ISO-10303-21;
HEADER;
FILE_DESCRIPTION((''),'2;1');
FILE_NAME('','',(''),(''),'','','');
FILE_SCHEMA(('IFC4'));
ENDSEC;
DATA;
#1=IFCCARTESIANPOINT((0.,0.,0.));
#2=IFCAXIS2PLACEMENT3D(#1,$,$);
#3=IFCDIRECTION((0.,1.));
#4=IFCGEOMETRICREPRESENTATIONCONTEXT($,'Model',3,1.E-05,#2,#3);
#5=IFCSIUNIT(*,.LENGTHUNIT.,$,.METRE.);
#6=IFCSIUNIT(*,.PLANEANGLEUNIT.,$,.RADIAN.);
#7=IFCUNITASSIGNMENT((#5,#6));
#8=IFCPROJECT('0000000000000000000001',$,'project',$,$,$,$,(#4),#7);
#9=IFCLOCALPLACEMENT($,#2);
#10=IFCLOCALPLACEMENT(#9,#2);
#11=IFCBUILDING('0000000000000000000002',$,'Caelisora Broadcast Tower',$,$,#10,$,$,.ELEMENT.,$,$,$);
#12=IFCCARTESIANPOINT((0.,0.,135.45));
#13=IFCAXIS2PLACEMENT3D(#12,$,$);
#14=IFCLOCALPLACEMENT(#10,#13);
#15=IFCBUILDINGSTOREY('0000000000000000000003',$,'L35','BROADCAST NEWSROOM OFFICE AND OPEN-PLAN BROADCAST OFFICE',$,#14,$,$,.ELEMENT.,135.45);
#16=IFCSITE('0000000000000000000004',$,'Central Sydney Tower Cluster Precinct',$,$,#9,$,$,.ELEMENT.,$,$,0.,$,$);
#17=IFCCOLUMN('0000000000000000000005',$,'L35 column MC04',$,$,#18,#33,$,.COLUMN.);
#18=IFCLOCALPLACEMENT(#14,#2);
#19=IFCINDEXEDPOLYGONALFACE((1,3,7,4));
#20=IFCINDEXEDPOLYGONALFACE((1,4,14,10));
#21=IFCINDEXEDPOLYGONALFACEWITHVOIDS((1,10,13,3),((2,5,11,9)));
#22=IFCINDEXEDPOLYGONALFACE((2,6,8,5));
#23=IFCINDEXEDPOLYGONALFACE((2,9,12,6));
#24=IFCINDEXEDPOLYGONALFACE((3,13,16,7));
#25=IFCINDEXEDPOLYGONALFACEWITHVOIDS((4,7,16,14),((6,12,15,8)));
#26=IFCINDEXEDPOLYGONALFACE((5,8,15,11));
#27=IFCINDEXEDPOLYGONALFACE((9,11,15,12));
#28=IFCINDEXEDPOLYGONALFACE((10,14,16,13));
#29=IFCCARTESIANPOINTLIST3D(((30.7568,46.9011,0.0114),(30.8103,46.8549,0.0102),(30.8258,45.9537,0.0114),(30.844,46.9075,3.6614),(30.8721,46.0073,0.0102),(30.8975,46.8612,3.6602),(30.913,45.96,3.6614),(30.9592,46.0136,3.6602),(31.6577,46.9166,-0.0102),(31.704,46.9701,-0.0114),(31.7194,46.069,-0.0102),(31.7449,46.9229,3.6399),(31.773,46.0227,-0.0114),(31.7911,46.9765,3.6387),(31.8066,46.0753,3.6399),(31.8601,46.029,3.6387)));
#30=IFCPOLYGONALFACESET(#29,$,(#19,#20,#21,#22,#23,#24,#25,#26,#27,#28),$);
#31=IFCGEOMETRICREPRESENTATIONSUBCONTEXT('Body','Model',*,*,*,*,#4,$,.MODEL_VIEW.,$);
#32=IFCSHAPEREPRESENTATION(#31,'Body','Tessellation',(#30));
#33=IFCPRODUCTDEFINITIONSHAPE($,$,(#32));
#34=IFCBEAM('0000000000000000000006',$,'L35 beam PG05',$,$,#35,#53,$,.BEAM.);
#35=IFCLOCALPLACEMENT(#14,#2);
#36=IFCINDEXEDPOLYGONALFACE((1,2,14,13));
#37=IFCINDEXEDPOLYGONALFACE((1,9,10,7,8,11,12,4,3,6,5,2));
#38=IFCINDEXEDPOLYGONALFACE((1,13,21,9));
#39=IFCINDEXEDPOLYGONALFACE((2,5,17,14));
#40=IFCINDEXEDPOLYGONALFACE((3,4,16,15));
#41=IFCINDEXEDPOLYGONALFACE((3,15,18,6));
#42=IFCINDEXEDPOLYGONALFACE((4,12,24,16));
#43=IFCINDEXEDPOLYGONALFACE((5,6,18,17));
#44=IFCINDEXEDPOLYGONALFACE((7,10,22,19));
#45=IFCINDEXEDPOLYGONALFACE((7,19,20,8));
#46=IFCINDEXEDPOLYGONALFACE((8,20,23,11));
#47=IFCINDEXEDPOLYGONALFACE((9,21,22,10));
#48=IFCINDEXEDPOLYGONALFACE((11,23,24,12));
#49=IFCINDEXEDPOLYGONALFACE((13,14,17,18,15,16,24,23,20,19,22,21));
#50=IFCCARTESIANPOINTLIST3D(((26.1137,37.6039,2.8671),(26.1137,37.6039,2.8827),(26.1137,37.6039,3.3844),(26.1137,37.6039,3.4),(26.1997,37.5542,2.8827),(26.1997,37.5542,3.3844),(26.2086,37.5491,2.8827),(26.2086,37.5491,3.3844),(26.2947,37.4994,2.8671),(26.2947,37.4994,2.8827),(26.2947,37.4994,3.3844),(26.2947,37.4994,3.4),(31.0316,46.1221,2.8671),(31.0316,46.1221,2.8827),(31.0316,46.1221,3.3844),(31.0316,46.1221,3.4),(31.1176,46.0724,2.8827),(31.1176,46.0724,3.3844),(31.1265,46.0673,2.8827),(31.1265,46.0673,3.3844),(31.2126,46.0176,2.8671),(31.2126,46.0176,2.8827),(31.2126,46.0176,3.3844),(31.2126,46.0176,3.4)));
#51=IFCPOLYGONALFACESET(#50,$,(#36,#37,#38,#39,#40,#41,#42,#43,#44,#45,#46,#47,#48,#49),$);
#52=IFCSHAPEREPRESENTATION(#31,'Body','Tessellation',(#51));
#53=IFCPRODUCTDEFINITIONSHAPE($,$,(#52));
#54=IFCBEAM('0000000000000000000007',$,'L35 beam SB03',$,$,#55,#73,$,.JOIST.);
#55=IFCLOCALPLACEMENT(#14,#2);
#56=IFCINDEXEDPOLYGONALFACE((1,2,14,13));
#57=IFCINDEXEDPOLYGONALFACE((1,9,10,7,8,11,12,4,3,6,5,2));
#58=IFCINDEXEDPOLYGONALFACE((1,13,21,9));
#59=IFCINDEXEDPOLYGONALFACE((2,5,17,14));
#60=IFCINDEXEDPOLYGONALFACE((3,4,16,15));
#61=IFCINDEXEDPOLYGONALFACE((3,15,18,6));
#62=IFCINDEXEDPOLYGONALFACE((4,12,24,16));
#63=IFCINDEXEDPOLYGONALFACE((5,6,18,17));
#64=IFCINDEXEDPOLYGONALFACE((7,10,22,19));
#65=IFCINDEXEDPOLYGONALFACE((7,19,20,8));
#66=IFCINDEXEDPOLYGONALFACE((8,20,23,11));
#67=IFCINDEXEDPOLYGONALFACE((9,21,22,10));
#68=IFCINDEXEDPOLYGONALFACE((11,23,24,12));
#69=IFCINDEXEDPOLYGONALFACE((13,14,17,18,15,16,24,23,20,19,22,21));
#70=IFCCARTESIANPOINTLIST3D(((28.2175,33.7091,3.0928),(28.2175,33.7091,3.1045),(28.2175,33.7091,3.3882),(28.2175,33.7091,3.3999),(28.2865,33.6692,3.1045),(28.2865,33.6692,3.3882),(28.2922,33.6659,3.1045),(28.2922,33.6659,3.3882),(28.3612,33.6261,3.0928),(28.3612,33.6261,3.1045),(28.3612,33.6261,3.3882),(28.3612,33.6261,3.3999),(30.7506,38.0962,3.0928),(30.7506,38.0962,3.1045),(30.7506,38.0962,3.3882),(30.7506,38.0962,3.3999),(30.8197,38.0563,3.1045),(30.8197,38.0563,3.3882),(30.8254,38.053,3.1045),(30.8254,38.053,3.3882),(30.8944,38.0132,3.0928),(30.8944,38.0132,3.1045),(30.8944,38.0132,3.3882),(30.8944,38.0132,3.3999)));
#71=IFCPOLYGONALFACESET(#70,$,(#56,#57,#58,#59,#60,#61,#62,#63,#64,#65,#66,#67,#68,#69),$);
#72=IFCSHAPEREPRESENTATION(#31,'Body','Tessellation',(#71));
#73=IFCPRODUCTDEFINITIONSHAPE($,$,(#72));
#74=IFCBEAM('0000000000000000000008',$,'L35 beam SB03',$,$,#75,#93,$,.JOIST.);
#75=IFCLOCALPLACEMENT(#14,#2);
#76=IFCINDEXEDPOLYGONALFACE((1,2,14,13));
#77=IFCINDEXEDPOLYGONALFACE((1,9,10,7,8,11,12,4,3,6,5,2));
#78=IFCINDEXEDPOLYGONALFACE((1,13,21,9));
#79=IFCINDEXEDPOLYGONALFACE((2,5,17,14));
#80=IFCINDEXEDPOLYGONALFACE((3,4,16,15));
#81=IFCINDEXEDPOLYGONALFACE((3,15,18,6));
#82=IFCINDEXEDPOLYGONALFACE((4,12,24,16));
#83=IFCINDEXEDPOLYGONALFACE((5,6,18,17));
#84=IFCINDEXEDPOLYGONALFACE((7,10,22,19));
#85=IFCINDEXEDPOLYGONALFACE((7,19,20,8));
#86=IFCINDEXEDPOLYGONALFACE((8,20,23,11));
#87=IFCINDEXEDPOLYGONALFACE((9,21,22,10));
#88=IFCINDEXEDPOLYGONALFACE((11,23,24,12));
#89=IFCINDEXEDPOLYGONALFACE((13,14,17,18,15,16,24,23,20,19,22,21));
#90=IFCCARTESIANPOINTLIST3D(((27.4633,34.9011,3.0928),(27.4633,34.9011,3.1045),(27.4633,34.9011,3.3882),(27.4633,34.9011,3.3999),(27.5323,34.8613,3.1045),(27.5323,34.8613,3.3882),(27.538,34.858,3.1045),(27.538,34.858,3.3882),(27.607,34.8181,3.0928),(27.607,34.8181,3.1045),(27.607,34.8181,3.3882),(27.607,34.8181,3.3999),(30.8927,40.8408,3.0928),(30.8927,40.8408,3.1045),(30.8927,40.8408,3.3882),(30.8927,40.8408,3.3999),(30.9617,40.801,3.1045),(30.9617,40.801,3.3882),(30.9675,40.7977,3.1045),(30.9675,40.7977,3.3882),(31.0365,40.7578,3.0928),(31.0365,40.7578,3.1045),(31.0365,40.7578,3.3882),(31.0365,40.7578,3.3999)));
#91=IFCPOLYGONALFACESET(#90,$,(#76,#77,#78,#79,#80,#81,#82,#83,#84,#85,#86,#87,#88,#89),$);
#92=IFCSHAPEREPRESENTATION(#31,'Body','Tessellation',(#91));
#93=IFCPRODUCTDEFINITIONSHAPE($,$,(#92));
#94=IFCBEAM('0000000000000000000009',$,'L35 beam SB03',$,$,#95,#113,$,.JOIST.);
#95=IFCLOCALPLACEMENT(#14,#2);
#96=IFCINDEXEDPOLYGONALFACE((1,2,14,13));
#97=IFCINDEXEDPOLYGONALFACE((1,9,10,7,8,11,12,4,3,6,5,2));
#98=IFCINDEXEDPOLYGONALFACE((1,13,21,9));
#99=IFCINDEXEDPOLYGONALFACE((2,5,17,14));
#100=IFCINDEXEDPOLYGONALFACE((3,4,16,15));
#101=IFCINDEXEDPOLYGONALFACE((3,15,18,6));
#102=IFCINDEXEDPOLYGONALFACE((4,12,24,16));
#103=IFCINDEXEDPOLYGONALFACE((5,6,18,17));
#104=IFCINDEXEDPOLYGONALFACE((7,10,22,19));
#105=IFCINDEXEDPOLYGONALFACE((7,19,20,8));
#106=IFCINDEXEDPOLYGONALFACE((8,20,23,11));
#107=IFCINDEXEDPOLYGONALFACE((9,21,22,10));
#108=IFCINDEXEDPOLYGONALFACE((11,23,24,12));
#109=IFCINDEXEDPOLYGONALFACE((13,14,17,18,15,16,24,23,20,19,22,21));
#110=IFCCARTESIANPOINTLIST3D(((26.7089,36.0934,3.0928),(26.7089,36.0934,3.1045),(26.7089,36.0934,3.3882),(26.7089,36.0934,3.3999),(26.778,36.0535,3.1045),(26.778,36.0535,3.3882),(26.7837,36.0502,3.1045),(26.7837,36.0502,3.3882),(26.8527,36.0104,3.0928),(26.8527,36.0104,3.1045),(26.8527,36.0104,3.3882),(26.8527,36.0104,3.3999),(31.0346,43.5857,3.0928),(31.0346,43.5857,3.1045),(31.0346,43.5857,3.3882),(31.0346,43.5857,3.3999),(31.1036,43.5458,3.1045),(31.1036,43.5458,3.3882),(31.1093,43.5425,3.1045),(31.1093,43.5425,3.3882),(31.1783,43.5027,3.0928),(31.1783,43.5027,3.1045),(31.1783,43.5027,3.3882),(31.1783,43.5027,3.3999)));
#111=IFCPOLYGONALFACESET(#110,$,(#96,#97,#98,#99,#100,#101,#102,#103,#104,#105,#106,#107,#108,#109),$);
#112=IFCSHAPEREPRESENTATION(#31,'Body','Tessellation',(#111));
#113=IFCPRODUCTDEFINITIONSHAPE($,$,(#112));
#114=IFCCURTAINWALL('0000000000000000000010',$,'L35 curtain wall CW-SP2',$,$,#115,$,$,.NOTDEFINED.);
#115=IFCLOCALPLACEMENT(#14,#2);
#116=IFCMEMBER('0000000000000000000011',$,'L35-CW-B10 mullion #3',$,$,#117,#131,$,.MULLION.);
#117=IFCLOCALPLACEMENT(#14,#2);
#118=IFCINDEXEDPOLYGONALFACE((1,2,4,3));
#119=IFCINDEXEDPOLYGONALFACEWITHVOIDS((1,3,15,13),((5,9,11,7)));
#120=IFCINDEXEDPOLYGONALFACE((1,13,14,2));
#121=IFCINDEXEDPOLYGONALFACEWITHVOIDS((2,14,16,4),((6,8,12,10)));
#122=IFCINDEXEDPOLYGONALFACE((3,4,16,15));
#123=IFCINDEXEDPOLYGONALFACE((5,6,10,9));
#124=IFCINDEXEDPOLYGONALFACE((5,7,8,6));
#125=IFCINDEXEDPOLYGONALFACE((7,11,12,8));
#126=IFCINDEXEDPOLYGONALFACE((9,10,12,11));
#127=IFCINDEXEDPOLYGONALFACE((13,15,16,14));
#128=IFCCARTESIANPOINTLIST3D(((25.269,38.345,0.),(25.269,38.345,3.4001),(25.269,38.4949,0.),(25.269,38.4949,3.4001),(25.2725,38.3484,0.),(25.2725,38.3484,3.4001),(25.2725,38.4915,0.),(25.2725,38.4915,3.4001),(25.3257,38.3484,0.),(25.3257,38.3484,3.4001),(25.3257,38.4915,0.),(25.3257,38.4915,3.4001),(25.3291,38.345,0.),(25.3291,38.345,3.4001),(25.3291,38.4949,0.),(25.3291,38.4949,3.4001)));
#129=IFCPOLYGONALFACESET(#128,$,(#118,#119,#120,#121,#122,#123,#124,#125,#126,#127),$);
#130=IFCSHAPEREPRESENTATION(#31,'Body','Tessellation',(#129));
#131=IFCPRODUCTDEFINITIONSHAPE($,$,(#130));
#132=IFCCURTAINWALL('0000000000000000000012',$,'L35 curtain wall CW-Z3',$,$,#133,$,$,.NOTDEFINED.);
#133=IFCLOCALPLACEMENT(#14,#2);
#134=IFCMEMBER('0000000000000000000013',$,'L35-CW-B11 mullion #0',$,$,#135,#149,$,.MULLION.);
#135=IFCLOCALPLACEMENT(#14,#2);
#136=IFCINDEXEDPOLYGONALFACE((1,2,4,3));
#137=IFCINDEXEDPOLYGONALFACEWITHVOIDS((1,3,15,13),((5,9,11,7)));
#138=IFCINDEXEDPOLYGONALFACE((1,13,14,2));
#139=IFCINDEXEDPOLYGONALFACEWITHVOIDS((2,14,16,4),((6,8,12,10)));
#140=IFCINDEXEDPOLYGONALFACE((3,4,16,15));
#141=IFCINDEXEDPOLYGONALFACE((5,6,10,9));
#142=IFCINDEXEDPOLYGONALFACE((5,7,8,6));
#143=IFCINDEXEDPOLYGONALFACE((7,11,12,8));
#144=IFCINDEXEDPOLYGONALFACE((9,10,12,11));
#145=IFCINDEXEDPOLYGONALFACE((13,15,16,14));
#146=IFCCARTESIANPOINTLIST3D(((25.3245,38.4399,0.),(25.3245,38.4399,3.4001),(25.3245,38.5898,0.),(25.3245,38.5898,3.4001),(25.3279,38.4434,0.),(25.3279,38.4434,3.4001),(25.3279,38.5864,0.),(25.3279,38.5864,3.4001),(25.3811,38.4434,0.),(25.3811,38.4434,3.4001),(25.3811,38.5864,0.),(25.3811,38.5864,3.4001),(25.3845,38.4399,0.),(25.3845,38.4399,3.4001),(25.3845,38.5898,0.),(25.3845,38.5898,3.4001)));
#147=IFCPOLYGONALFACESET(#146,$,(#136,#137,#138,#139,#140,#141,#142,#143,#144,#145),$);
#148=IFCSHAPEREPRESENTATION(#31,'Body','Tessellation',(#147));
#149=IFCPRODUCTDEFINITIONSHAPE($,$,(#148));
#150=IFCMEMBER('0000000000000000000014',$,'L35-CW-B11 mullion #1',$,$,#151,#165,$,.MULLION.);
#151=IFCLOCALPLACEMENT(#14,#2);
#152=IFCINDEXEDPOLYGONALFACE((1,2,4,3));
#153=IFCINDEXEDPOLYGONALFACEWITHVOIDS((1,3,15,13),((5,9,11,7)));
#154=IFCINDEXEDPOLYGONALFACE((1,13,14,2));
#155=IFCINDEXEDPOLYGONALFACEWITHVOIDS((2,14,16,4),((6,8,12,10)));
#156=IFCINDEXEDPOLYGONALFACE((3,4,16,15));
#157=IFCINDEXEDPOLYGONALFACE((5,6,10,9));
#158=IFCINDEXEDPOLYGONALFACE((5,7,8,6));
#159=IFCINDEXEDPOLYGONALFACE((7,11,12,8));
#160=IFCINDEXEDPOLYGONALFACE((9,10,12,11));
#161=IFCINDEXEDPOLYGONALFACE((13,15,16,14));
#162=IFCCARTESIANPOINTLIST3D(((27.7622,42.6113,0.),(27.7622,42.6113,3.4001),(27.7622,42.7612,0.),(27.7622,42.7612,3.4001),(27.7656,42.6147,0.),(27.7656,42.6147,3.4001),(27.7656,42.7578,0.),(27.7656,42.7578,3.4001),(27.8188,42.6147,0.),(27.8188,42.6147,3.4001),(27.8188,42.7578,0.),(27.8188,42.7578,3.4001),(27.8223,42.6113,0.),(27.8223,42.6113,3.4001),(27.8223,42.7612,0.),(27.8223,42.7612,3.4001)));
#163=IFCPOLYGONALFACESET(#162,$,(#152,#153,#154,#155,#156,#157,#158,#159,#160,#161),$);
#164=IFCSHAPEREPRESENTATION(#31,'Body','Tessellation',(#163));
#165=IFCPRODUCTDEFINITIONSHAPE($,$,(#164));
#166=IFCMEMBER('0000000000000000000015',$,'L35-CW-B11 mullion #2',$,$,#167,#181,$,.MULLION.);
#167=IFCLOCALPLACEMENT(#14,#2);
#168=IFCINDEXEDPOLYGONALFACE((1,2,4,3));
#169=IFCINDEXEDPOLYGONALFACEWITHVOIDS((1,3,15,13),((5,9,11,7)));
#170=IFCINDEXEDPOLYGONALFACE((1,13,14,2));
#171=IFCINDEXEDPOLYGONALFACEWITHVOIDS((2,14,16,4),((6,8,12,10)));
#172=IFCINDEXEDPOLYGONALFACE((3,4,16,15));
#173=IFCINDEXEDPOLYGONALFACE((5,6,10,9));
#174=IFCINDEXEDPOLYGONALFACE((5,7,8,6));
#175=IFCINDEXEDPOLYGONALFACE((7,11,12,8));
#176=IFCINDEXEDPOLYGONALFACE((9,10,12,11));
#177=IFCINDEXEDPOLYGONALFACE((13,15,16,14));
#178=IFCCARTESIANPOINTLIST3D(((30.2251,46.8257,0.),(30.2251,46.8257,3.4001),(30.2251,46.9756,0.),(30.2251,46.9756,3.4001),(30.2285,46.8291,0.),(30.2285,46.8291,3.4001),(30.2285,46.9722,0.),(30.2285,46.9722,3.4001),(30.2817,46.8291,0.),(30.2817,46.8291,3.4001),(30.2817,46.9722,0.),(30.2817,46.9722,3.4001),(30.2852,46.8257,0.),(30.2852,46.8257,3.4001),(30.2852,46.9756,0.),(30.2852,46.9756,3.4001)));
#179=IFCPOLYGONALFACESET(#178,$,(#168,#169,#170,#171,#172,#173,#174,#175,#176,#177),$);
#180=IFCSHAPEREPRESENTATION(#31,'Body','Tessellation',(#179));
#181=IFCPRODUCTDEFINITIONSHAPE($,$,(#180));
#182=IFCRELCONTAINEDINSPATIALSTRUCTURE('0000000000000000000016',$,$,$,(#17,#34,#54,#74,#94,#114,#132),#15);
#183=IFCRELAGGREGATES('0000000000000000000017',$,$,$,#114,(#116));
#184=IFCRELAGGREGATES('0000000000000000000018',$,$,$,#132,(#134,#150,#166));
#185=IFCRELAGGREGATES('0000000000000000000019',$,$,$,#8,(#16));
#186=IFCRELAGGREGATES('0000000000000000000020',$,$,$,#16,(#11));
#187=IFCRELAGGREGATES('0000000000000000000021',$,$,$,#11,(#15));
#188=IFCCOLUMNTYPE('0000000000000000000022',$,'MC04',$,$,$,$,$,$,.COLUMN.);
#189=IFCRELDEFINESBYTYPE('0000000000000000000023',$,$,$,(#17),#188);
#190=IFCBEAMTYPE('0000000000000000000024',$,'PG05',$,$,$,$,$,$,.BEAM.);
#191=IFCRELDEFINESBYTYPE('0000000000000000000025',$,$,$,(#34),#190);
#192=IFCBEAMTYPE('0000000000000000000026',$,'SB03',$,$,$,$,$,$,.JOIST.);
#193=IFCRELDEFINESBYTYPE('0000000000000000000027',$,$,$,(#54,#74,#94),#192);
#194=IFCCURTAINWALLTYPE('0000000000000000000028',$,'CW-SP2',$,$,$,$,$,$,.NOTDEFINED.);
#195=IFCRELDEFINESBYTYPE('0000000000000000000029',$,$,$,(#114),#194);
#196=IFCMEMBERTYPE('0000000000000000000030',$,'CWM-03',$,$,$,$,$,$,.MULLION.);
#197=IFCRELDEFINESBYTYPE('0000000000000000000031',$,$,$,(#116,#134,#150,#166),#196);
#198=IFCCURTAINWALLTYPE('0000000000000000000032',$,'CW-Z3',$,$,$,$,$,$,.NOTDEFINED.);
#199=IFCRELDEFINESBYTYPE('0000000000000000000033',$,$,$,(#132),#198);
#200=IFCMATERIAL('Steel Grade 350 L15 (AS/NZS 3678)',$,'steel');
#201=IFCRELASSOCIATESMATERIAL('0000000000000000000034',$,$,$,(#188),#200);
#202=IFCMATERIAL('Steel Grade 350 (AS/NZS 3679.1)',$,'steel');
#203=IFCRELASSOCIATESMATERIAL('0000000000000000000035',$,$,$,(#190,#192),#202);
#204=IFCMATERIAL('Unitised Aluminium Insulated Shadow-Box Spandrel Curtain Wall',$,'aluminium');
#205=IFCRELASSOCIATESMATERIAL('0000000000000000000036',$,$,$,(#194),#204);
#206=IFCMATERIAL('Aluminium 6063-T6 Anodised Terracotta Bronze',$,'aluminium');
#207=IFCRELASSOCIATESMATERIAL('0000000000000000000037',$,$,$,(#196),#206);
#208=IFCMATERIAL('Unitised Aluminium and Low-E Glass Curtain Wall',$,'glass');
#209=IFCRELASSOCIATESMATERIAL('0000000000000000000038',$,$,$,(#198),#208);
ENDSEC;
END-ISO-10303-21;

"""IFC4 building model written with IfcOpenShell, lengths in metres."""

from ifc_helpers import new_model, si_unit, direction, frame, origin, origin_2d, place, context, subcontext, project, spatial, hollow_rectangle, i_section, extrude, source, transform, mapped, material, material_profile, profile_set, type_object, type_shapes, element, aggregate, save


model = new_model("IFC4")

# Units and contexts
model_context = context("Model", 3, precision=1e-05, world=origin(), true_north=direction((0.0, 1.0)))
body_context = subcontext(model_context, "Body", "Model", "MODEL_VIEW")
ifc_project = project(units=[si_unit("LENGTHUNIT", "METRE"), si_unit("PLANEANGLEUNIT", "RADIAN")], contexts=[model_context])

# Site, building, storey
site_placement = place(None, origin())
site = spatial("IfcSite", under=ifc_project, at=site_placement, Name="Central Sydney Tower Cluster Precinct", CompositionType="ELEMENT", RefElevation=0.0)
building_placement = place(site_placement, origin())
building = spatial("IfcBuilding", under=site, at=building_placement, Name="Caelisora Broadcast Tower", CompositionType="ELEMENT")
storey_placement = place(building_placement, frame((0.0, 0.0, 135.45)))
storey = spatial("IfcBuildingStorey", under=building, at=storey_placement, Name="L35", Description="BROADCAST NEWSROOM OFFICE AND OPEN-PLAN BROADCAST OFFICE", CompositionType="ELEMENT", Elevation=135.45)

# Column
ifc_material_1 = material(Name="Steel Grade 350 L15 (AS/NZS 3678)", Category="steel")
ifc_material_profile_1 = material_profile(ifc_material_1, hollow_rectangle(XDim=0.95, YDim=0.95, WallThickness=0.05, at=origin_2d()), Name="Steel Grade 350 L15 (AS/NZS 3678)")
ifc_profile_set_1 = profile_set([ifc_material_profile_1], Name="Steel Grade 350 L15 (AS/NZS 3678)")
column_type = type_object("IfcColumnType", Name="MC04", PredefinedType="COLUMN", material=ifc_profile_set_1)
shared_shape_1 = source(origin(), body_context, "Body", "SweptSolid", [
    extrude(hollow_rectangle(XDim=0.95, YDim=0.95, WallThickness=0.05, at=origin_2d()), origin(), (0.0, 0.0, 1.0), 3.6511),
])
type_shapes(column_type, [shared_shape_1])
column_placement = place(storey_placement, frame((31.2649, 46.4619, 0.0), z_axis=(0.023871, 0.001739, 0.999714), x_axis=(-0.072637, 0.997358, 0.0)))
element("IfcColumn", 1, at=column_placement, inside=storey, type_object=column_type, Name="L35 column MC04", PredefinedType="COLUMN", context=body_context, shape_type="MappedRepresentation", body=[
    mapped(shared_shape_1, transform((0.0, 0.0, 0.0), scale=1.0)),
])

# Beams
ifc_material_2 = material(Name="Steel Grade 350 (AS/NZS 3679.1)", Category="steel")
ifc_material_profile_2 = material_profile(ifc_material_2, i_section(OverallWidth=0.209, OverallDepth=0.533, WebThickness=0.0103, FlangeThickness=0.0156, at=origin_2d()), Name="Steel Grade 350 (AS/NZS 3679.1)")
ifc_profile_set_2 = profile_set([ifc_material_profile_2], Name="Steel Grade 350 (AS/NZS 3679.1)")
beam_type_1 = type_object("IfcBeamType", Name="PG05", PredefinedType="BEAM", material=ifc_profile_set_2)
shared_shape_2 = source(origin(), body_context, "Body", "SweptSolid", [
    extrude(i_section(OverallWidth=0.209, OverallDepth=0.533, WebThickness=0.0103, FlangeThickness=0.0156, at=origin_2d()), origin(), (0.0, 0.0, 1.0), 9.8359),
])
type_shapes(beam_type_1, [shared_shape_2])
beam_1_placement = place(storey_placement, frame((31.1221, 46.0698, 3.1335), z_axis=(-0.499994, -0.866029, 0.0), x_axis=(0.866029, -0.499994, 0.0)))
element("IfcBeam", 2, at=beam_1_placement, inside=storey, type_object=beam_type_1, Name="L35 beam PG05", PredefinedType="BEAM", context=body_context, shape_type="MappedRepresentation", body=[
    mapped(shared_shape_2, transform((0.0, 0.0, 0.0), scale=1.0)),
])
ifc_material_profile_3 = material_profile(ifc_material_2, i_section(OverallWidth=0.166, OverallDepth=0.3071, WebThickness=0.0066, FlangeThickness=0.0117, at=origin_2d()), Name="Steel Grade 350 (AS/NZS 3679.1)")
ifc_profile_set_3 = profile_set([ifc_material_profile_3], Name="Steel Grade 350 (AS/NZS 3679.1)")
beam_type_2 = type_object("IfcBeamType", Name="SB03", PredefinedType="JOIST", material=ifc_profile_set_3)
shared_shape_3 = source(origin(), body_context, "Body", "SweptSolid", [
    extrude(i_section(OverallWidth=0.166, OverallDepth=0.3071, WebThickness=0.0066, FlangeThickness=0.0117, at=origin_2d()), origin(), (0.0, 0.0, 1.0), 5.0659),
])
beam_2_placement = place(storey_placement, frame((30.8225, 38.0547, 3.2463), z_axis=(-0.500037, -0.866004, 0.0), x_axis=(0.866004, -0.500037, 0.0)))
element("IfcBeam", 3, at=beam_2_placement, inside=storey, type_object=beam_type_2, Name="L35 beam SB03", PredefinedType="JOIST", context=body_context, shape_type="MappedRepresentation", body=[
    mapped(shared_shape_3, transform((0.0, 0.0, 0.0), scale=1.0)),
])
shared_shape_4 = source(origin(), body_context, "Body", "SweptSolid", [
    extrude(i_section(OverallWidth=0.166, OverallDepth=0.3071, WebThickness=0.0066, FlangeThickness=0.0117, at=origin_2d()), origin(), (0.0, 0.0, 1.0), 6.8586),
])
beam_3_placement = place(storey_placement, frame((30.9646, 40.7993, 3.2463), z_axis=(-0.500017, -0.866015, 0.0), x_axis=(0.866015, -0.500017, 0.0)))
element("IfcBeam", 4, at=beam_3_placement, inside=storey, type_object=beam_type_2, Name="L35 beam SB03", PredefinedType="JOIST", context=body_context, shape_type="MappedRepresentation", body=[
    mapped(shared_shape_4, transform((0.0, 0.0, 0.0), scale=1.0)),
])
shared_shape_5 = source(origin(), body_context, "Body", "SweptSolid", [
    extrude(i_section(OverallWidth=0.166, OverallDepth=0.3071, WebThickness=0.0066, FlangeThickness=0.0117, at=origin_2d()), origin(), (0.0, 0.0, 1.0), 8.6514),
])
type_shapes(beam_type_2, [shared_shape_3, shared_shape_4, shared_shape_5])
beam_4_placement = place(storey_placement, frame((31.1064, 43.5442, 3.2463), z_axis=(-0.499994, -0.866029, 0.0), x_axis=(0.866029, -0.499994, 0.0)))
element("IfcBeam", 5, at=beam_4_placement, inside=storey, type_object=beam_type_2, Name="L35 beam SB03", PredefinedType="JOIST", context=body_context, shape_type="MappedRepresentation", body=[
    mapped(shared_shape_5, transform((0.0, 0.0, 0.0), scale=1.0)),
])

# Curtain wall, member
ifc_material_3 = material(Name="Unitised Aluminium Insulated Shadow-Box Spandrel Curtain Wall", Category="aluminium")
curtain_wall_type_1 = type_object("IfcCurtainWallType", Name="CW-SP2", PredefinedType="NOTDEFINED", material=ifc_material_3)
curtain_wall_1_placement = place(storey_placement, origin())
curtain_wall_1 = element("IfcCurtainWall", 6, at=curtain_wall_1_placement, inside=storey, type_object=curtain_wall_type_1, Name="L35 curtain wall CW-SP2", PredefinedType="NOTDEFINED")
ifc_material_4 = material(Name="Aluminium 6063-T6 Anodised Terracotta Bronze", Category="aluminium")
ifc_material_profile_4 = material_profile(ifc_material_4, hollow_rectangle(XDim=0.0601, YDim=0.1499, WallThickness=0.0034, at=origin_2d()), Name="Aluminium 6063-T6 Anodised Terracotta Bronze")
ifc_profile_set_4 = profile_set([ifc_material_profile_4], Name="Aluminium 6063-T6 Anodised Terracotta Bronze")
member_type_1 = type_object("IfcMemberType", Name="CWM-03", PredefinedType="MULLION", material=ifc_profile_set_4)
shared_shape_6 = source(origin(), body_context, "Body", "SweptSolid", [
    extrude(hollow_rectangle(XDim=0.0601, YDim=0.1499, WallThickness=0.0034, at=origin_2d()), origin(), (0.0, 0.0, 1.0), 3.4001),
])
type_shapes(member_type_1, [shared_shape_6])
member_1_placement = place(storey_placement, frame((25.2991, 38.4199, 0.0), z_axis=(0.0, 0.0, 1.0), x_axis=(1.0, 0.0, 0.0)))
member_1 = element("IfcMember", 7, at=member_1_placement, type_object=member_type_1, Name="L35-CW-B10 mullion #3", PredefinedType="MULLION", context=body_context, shape_type="MappedRepresentation", body=[
    mapped(shared_shape_6, transform((0.0, 0.0, 0.0), scale=1.0)),
])
aggregate(curtain_wall_1, [member_1])

# Curtain wall, members
ifc_material_5 = material(Name="Unitised Aluminium and Low-E Glass Curtain Wall", Category="glass")
curtain_wall_type_2 = type_object("IfcCurtainWallType", Name="CW-Z3", PredefinedType="NOTDEFINED", material=ifc_material_5)
curtain_wall_2_placement = place(storey_placement, origin())
curtain_wall_2 = element("IfcCurtainWall", 8, at=curtain_wall_2_placement, inside=storey, type_object=curtain_wall_type_2, Name="L35 curtain wall CW-Z3", PredefinedType="NOTDEFINED")
member_2_placement = place(storey_placement, frame((25.3545, 38.5149, 0.0), z_axis=(0.0, 0.0, 1.0), x_axis=(1.0, 0.0, 0.0)))
member_2 = element("IfcMember", 9, at=member_2_placement, type_object=member_type_1, Name="L35-CW-B11 mullion #0", PredefinedType="MULLION", context=body_context, shape_type="MappedRepresentation", body=[
    mapped(shared_shape_6, transform((0.0, 0.0, 0.0), scale=1.0)),
])
member_3_placement = place(storey_placement, frame((27.7922, 42.6863, 0.0), z_axis=(0.0, 0.0, 1.0), x_axis=(1.0, 0.0, 0.0)))
member_3 = element("IfcMember", 10, at=member_3_placement, type_object=member_type_1, Name="L35-CW-B11 mullion #1", PredefinedType="MULLION", context=body_context, shape_type="MappedRepresentation", body=[
    mapped(shared_shape_6, transform((0.0, 0.0, 0.0), scale=1.0)),
])
member_4_placement = place(storey_placement, frame((30.2551, 46.9006, 0.0), z_axis=(0.0, 0.0, 1.0), x_axis=(1.0, 0.0, 0.0)))
member_4 = element("IfcMember", 11, at=member_4_placement, type_object=member_type_1, Name="L35-CW-B11 mullion #2", PredefinedType="MULLION", context=body_context, shape_type="MappedRepresentation", body=[
    mapped(shared_shape_6, transform((0.0, 0.0, 0.0), scale=1.0)),
])
aggregate(curtain_wall_2, [member_2, member_3, member_4])

save(model, "model.ifc")
